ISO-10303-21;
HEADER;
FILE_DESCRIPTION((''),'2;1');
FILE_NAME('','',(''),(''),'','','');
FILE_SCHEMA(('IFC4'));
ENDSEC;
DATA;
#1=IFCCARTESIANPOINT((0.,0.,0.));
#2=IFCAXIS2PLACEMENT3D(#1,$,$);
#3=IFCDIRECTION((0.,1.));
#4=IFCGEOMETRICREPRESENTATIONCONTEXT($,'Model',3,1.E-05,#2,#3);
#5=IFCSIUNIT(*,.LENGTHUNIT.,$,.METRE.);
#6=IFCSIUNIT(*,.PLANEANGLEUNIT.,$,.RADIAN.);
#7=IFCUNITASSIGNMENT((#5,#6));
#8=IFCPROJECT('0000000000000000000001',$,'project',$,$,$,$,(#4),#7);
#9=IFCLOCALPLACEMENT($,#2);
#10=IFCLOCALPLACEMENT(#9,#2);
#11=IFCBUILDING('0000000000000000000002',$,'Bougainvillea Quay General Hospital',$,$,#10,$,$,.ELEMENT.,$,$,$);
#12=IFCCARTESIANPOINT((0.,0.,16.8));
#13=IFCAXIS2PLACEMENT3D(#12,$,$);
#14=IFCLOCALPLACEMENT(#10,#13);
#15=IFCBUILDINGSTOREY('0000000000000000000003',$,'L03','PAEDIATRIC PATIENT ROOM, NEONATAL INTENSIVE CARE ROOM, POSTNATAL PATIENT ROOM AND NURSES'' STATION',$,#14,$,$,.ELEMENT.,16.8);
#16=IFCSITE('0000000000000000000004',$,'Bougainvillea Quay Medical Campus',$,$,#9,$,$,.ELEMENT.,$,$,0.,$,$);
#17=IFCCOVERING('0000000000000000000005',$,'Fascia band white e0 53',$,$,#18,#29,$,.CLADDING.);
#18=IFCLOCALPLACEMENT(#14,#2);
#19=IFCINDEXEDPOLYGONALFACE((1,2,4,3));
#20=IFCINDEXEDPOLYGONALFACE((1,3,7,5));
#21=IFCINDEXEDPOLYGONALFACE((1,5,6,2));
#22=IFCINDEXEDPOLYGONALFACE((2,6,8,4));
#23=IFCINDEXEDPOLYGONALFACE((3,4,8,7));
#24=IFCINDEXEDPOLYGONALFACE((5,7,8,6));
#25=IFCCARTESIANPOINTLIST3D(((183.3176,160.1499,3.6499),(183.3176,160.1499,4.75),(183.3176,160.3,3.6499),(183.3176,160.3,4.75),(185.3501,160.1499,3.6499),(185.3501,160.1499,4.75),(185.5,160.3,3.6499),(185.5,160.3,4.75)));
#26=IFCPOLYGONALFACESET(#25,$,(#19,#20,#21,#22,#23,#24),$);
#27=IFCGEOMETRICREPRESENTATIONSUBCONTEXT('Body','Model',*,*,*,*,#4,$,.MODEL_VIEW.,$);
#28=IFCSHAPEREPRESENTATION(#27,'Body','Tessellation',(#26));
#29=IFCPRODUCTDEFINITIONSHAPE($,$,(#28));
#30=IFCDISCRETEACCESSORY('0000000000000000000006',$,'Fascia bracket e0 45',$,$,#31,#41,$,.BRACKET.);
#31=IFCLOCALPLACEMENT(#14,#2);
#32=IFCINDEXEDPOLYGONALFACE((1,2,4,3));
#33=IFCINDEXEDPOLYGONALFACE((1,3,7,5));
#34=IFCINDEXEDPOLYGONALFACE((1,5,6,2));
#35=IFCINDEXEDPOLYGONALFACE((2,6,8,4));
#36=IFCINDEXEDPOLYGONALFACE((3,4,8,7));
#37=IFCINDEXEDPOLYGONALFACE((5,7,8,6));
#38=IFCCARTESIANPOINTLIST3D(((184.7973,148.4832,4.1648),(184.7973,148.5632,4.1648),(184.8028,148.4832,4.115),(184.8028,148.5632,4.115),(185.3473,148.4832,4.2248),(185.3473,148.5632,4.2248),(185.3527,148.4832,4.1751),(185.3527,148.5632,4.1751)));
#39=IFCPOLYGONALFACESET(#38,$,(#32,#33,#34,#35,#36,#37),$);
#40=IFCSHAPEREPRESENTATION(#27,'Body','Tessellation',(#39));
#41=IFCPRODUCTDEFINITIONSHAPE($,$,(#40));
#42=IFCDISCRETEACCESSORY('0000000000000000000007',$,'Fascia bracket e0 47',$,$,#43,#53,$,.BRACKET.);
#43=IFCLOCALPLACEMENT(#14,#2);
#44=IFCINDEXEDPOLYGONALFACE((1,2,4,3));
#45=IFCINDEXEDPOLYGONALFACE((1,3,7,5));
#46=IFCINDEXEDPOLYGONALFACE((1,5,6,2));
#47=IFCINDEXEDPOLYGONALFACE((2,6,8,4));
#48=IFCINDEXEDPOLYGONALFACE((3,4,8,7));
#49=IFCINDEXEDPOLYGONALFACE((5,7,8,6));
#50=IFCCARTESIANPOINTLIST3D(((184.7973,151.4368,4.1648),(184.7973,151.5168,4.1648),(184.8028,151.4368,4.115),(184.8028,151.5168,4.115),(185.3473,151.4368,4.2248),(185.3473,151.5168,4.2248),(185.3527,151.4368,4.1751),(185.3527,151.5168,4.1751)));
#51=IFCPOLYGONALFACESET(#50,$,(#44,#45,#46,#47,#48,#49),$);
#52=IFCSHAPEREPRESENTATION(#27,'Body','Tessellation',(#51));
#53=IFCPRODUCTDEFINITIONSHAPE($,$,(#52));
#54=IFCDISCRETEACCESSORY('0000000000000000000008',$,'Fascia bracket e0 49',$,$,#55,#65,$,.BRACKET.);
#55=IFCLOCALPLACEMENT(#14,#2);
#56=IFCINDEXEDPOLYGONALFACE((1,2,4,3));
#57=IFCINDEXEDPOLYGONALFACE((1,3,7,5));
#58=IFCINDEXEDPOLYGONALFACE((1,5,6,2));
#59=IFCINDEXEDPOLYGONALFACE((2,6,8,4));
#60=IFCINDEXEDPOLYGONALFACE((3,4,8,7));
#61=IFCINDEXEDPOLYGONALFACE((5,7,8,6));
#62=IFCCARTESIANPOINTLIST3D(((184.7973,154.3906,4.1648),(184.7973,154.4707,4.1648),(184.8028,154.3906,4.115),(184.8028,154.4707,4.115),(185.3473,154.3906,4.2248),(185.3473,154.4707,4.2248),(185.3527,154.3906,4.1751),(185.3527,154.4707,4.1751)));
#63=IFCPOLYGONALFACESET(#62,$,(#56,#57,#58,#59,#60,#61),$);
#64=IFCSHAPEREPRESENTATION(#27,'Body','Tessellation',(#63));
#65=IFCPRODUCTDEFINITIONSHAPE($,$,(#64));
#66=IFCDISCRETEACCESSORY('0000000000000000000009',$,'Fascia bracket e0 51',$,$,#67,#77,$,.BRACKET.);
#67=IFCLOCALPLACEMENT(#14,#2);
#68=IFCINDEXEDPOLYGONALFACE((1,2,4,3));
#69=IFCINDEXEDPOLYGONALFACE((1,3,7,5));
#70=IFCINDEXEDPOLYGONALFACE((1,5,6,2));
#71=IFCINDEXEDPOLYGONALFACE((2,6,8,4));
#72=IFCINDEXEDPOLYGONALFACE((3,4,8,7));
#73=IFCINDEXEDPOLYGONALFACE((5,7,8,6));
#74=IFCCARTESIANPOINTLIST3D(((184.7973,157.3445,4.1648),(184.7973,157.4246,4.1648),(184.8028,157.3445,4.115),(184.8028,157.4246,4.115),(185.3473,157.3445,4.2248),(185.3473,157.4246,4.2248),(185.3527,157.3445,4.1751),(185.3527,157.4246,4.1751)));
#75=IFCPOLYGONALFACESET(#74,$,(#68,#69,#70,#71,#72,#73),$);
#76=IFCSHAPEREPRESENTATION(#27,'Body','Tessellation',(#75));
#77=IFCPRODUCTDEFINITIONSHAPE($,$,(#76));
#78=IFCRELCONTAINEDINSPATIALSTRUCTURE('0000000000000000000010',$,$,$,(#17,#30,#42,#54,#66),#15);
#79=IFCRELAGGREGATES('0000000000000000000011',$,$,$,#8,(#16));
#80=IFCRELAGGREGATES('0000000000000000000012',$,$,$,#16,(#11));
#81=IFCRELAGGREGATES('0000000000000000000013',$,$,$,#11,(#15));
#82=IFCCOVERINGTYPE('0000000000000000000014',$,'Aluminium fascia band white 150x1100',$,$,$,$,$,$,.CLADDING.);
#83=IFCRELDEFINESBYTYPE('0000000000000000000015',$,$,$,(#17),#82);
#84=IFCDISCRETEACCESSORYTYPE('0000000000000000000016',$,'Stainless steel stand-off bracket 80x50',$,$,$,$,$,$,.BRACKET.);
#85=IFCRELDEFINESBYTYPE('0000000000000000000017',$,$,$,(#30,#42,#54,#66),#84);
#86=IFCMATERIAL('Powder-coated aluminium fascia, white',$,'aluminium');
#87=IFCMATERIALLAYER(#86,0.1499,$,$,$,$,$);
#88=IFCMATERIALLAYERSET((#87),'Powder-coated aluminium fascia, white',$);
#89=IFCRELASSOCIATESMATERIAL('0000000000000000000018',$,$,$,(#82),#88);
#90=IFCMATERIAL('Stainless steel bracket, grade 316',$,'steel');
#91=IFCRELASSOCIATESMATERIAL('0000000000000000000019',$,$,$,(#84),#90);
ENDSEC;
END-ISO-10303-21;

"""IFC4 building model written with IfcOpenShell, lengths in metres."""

from ifc_helpers import new_model, si_unit, direction, frame, origin, origin_2d, place, context, subcontext, project, spatial, polyline, rectangle, outline, extrude, material, layer, layer_set, material_profile, profile_set, type_object, element, save


model = new_model("IFC4")

# Units and contexts
model_context = context("Model", 3, precision=1e-05, world=origin(), true_north=direction((0.0, 1.0)))
body_context = subcontext(model_context, "Body", "Model", "MODEL_VIEW")
ifc_project = project(units=[si_unit("LENGTHUNIT", "METRE"), si_unit("PLANEANGLEUNIT", "RADIAN")], contexts=[model_context])

# Site, building, storey
site_placement = place(None, origin())
site = spatial("IfcSite", under=ifc_project, at=site_placement, Name="Bougainvillea Quay Medical Campus", CompositionType="ELEMENT", RefElevation=0.0)
building_placement = place(site_placement, origin())
building = spatial("IfcBuilding", under=site, at=building_placement, Name="Bougainvillea Quay General Hospital", CompositionType="ELEMENT")
storey_placement = place(building_placement, frame((0.0, 0.0, 16.8)))
storey = spatial("IfcBuildingStorey", under=building, at=storey_placement, Name="L03", Description="PAEDIATRIC PATIENT ROOM, NEONATAL INTENSIVE CARE ROOM, POSTNATAL PATIENT ROOM AND NURSES' STATION", CompositionType="ELEMENT", Elevation=16.8)

# Covering
ifc_material_1 = material(Name="Powder-coated aluminium fascia, white", Category="aluminium")
ifc_layer_1 = layer(ifc_material_1, 0.1499)
ifc_layer_set_1 = layer_set([ifc_layer_1], Name="Powder-coated aluminium fascia, white")
covering_type = type_object("IfcCoveringType", Name="Aluminium fascia band white 150x1100", PredefinedType="CLADDING", material=ifc_layer_set_1)
covering_1_placement = place(storey_placement, frame((185.3501, 160.1499, 3.6499), z_axis=(0.0, 0.0, 1.0), x_axis=(-1.0, 0.0, 0.0)))
element("IfcCovering", 1, at=covering_1_placement, inside=storey, type_object=covering_type, Name="Fascia band white e0 53", PredefinedType="CLADDING", context=body_context, shape_type="SweptSolid", body=[
    extrude(outline(polyline([(0.0, 0.0), (2.0325, 0.0), (2.0325, -0.1501), (-0.1499, -0.1501), (0.0, 0.0)])), origin(), (0.0, 0.0, 1.0), 1.1001),
])

# Discrete accessories
ifc_material_2 = material(Name="Stainless steel bracket, grade 316", Category="steel")
ifc_material_profile_1 = material_profile(ifc_material_2, rectangle(XDim=0.0801, YDim=0.05, at=origin_2d()))
ifc_profile_set_1 = profile_set([ifc_material_profile_1], Name="Stainless steel bracket, grade 316")
discrete_accessory_type = type_object("IfcDiscreteAccessoryType", Name="Stainless steel stand-off bracket 80x50", PredefinedType="BRACKET", material=ifc_profile_set_1)
for number, where, z_axis, x_axis, name in (
    (2, (184.8, 148.5232, 4.1399), (0.994092, 0.0, 0.108543), (0.0, 1.0, 0.0), "Fascia bracket e0 45"),
    (3, (184.8, 151.4768, 4.1399), (0.994092, 0.0, 0.108543), (0.0, 1.0, 0.0), "Fascia bracket e0 47"),
    (4, (184.8, 154.4307, 4.1399), (0.994092, 0.0, 0.108543), (0.0, 1.0, 0.0), "Fascia bracket e0 49"),
    (5, (184.8, 157.3845, 4.1399), (0.994092, 0.0, 0.108543), (0.0, 1.0, 0.0), "Fascia bracket e0 51"),
):
    element("IfcDiscreteAccessory", number, at=place(storey_placement, frame(where, z_axis=z_axis, x_axis=x_axis)), inside=storey, type_object=discrete_accessory_type, Name=name, PredefinedType="BRACKET", context=body_context, shape_type="SweptSolid", body=[
        extrude(rectangle(XDim=0.0801, YDim=0.05, at=origin_2d()), origin(), (0.0, 0.0, 1.0), 0.5532),
    ])

save(model, "model.ifc")
